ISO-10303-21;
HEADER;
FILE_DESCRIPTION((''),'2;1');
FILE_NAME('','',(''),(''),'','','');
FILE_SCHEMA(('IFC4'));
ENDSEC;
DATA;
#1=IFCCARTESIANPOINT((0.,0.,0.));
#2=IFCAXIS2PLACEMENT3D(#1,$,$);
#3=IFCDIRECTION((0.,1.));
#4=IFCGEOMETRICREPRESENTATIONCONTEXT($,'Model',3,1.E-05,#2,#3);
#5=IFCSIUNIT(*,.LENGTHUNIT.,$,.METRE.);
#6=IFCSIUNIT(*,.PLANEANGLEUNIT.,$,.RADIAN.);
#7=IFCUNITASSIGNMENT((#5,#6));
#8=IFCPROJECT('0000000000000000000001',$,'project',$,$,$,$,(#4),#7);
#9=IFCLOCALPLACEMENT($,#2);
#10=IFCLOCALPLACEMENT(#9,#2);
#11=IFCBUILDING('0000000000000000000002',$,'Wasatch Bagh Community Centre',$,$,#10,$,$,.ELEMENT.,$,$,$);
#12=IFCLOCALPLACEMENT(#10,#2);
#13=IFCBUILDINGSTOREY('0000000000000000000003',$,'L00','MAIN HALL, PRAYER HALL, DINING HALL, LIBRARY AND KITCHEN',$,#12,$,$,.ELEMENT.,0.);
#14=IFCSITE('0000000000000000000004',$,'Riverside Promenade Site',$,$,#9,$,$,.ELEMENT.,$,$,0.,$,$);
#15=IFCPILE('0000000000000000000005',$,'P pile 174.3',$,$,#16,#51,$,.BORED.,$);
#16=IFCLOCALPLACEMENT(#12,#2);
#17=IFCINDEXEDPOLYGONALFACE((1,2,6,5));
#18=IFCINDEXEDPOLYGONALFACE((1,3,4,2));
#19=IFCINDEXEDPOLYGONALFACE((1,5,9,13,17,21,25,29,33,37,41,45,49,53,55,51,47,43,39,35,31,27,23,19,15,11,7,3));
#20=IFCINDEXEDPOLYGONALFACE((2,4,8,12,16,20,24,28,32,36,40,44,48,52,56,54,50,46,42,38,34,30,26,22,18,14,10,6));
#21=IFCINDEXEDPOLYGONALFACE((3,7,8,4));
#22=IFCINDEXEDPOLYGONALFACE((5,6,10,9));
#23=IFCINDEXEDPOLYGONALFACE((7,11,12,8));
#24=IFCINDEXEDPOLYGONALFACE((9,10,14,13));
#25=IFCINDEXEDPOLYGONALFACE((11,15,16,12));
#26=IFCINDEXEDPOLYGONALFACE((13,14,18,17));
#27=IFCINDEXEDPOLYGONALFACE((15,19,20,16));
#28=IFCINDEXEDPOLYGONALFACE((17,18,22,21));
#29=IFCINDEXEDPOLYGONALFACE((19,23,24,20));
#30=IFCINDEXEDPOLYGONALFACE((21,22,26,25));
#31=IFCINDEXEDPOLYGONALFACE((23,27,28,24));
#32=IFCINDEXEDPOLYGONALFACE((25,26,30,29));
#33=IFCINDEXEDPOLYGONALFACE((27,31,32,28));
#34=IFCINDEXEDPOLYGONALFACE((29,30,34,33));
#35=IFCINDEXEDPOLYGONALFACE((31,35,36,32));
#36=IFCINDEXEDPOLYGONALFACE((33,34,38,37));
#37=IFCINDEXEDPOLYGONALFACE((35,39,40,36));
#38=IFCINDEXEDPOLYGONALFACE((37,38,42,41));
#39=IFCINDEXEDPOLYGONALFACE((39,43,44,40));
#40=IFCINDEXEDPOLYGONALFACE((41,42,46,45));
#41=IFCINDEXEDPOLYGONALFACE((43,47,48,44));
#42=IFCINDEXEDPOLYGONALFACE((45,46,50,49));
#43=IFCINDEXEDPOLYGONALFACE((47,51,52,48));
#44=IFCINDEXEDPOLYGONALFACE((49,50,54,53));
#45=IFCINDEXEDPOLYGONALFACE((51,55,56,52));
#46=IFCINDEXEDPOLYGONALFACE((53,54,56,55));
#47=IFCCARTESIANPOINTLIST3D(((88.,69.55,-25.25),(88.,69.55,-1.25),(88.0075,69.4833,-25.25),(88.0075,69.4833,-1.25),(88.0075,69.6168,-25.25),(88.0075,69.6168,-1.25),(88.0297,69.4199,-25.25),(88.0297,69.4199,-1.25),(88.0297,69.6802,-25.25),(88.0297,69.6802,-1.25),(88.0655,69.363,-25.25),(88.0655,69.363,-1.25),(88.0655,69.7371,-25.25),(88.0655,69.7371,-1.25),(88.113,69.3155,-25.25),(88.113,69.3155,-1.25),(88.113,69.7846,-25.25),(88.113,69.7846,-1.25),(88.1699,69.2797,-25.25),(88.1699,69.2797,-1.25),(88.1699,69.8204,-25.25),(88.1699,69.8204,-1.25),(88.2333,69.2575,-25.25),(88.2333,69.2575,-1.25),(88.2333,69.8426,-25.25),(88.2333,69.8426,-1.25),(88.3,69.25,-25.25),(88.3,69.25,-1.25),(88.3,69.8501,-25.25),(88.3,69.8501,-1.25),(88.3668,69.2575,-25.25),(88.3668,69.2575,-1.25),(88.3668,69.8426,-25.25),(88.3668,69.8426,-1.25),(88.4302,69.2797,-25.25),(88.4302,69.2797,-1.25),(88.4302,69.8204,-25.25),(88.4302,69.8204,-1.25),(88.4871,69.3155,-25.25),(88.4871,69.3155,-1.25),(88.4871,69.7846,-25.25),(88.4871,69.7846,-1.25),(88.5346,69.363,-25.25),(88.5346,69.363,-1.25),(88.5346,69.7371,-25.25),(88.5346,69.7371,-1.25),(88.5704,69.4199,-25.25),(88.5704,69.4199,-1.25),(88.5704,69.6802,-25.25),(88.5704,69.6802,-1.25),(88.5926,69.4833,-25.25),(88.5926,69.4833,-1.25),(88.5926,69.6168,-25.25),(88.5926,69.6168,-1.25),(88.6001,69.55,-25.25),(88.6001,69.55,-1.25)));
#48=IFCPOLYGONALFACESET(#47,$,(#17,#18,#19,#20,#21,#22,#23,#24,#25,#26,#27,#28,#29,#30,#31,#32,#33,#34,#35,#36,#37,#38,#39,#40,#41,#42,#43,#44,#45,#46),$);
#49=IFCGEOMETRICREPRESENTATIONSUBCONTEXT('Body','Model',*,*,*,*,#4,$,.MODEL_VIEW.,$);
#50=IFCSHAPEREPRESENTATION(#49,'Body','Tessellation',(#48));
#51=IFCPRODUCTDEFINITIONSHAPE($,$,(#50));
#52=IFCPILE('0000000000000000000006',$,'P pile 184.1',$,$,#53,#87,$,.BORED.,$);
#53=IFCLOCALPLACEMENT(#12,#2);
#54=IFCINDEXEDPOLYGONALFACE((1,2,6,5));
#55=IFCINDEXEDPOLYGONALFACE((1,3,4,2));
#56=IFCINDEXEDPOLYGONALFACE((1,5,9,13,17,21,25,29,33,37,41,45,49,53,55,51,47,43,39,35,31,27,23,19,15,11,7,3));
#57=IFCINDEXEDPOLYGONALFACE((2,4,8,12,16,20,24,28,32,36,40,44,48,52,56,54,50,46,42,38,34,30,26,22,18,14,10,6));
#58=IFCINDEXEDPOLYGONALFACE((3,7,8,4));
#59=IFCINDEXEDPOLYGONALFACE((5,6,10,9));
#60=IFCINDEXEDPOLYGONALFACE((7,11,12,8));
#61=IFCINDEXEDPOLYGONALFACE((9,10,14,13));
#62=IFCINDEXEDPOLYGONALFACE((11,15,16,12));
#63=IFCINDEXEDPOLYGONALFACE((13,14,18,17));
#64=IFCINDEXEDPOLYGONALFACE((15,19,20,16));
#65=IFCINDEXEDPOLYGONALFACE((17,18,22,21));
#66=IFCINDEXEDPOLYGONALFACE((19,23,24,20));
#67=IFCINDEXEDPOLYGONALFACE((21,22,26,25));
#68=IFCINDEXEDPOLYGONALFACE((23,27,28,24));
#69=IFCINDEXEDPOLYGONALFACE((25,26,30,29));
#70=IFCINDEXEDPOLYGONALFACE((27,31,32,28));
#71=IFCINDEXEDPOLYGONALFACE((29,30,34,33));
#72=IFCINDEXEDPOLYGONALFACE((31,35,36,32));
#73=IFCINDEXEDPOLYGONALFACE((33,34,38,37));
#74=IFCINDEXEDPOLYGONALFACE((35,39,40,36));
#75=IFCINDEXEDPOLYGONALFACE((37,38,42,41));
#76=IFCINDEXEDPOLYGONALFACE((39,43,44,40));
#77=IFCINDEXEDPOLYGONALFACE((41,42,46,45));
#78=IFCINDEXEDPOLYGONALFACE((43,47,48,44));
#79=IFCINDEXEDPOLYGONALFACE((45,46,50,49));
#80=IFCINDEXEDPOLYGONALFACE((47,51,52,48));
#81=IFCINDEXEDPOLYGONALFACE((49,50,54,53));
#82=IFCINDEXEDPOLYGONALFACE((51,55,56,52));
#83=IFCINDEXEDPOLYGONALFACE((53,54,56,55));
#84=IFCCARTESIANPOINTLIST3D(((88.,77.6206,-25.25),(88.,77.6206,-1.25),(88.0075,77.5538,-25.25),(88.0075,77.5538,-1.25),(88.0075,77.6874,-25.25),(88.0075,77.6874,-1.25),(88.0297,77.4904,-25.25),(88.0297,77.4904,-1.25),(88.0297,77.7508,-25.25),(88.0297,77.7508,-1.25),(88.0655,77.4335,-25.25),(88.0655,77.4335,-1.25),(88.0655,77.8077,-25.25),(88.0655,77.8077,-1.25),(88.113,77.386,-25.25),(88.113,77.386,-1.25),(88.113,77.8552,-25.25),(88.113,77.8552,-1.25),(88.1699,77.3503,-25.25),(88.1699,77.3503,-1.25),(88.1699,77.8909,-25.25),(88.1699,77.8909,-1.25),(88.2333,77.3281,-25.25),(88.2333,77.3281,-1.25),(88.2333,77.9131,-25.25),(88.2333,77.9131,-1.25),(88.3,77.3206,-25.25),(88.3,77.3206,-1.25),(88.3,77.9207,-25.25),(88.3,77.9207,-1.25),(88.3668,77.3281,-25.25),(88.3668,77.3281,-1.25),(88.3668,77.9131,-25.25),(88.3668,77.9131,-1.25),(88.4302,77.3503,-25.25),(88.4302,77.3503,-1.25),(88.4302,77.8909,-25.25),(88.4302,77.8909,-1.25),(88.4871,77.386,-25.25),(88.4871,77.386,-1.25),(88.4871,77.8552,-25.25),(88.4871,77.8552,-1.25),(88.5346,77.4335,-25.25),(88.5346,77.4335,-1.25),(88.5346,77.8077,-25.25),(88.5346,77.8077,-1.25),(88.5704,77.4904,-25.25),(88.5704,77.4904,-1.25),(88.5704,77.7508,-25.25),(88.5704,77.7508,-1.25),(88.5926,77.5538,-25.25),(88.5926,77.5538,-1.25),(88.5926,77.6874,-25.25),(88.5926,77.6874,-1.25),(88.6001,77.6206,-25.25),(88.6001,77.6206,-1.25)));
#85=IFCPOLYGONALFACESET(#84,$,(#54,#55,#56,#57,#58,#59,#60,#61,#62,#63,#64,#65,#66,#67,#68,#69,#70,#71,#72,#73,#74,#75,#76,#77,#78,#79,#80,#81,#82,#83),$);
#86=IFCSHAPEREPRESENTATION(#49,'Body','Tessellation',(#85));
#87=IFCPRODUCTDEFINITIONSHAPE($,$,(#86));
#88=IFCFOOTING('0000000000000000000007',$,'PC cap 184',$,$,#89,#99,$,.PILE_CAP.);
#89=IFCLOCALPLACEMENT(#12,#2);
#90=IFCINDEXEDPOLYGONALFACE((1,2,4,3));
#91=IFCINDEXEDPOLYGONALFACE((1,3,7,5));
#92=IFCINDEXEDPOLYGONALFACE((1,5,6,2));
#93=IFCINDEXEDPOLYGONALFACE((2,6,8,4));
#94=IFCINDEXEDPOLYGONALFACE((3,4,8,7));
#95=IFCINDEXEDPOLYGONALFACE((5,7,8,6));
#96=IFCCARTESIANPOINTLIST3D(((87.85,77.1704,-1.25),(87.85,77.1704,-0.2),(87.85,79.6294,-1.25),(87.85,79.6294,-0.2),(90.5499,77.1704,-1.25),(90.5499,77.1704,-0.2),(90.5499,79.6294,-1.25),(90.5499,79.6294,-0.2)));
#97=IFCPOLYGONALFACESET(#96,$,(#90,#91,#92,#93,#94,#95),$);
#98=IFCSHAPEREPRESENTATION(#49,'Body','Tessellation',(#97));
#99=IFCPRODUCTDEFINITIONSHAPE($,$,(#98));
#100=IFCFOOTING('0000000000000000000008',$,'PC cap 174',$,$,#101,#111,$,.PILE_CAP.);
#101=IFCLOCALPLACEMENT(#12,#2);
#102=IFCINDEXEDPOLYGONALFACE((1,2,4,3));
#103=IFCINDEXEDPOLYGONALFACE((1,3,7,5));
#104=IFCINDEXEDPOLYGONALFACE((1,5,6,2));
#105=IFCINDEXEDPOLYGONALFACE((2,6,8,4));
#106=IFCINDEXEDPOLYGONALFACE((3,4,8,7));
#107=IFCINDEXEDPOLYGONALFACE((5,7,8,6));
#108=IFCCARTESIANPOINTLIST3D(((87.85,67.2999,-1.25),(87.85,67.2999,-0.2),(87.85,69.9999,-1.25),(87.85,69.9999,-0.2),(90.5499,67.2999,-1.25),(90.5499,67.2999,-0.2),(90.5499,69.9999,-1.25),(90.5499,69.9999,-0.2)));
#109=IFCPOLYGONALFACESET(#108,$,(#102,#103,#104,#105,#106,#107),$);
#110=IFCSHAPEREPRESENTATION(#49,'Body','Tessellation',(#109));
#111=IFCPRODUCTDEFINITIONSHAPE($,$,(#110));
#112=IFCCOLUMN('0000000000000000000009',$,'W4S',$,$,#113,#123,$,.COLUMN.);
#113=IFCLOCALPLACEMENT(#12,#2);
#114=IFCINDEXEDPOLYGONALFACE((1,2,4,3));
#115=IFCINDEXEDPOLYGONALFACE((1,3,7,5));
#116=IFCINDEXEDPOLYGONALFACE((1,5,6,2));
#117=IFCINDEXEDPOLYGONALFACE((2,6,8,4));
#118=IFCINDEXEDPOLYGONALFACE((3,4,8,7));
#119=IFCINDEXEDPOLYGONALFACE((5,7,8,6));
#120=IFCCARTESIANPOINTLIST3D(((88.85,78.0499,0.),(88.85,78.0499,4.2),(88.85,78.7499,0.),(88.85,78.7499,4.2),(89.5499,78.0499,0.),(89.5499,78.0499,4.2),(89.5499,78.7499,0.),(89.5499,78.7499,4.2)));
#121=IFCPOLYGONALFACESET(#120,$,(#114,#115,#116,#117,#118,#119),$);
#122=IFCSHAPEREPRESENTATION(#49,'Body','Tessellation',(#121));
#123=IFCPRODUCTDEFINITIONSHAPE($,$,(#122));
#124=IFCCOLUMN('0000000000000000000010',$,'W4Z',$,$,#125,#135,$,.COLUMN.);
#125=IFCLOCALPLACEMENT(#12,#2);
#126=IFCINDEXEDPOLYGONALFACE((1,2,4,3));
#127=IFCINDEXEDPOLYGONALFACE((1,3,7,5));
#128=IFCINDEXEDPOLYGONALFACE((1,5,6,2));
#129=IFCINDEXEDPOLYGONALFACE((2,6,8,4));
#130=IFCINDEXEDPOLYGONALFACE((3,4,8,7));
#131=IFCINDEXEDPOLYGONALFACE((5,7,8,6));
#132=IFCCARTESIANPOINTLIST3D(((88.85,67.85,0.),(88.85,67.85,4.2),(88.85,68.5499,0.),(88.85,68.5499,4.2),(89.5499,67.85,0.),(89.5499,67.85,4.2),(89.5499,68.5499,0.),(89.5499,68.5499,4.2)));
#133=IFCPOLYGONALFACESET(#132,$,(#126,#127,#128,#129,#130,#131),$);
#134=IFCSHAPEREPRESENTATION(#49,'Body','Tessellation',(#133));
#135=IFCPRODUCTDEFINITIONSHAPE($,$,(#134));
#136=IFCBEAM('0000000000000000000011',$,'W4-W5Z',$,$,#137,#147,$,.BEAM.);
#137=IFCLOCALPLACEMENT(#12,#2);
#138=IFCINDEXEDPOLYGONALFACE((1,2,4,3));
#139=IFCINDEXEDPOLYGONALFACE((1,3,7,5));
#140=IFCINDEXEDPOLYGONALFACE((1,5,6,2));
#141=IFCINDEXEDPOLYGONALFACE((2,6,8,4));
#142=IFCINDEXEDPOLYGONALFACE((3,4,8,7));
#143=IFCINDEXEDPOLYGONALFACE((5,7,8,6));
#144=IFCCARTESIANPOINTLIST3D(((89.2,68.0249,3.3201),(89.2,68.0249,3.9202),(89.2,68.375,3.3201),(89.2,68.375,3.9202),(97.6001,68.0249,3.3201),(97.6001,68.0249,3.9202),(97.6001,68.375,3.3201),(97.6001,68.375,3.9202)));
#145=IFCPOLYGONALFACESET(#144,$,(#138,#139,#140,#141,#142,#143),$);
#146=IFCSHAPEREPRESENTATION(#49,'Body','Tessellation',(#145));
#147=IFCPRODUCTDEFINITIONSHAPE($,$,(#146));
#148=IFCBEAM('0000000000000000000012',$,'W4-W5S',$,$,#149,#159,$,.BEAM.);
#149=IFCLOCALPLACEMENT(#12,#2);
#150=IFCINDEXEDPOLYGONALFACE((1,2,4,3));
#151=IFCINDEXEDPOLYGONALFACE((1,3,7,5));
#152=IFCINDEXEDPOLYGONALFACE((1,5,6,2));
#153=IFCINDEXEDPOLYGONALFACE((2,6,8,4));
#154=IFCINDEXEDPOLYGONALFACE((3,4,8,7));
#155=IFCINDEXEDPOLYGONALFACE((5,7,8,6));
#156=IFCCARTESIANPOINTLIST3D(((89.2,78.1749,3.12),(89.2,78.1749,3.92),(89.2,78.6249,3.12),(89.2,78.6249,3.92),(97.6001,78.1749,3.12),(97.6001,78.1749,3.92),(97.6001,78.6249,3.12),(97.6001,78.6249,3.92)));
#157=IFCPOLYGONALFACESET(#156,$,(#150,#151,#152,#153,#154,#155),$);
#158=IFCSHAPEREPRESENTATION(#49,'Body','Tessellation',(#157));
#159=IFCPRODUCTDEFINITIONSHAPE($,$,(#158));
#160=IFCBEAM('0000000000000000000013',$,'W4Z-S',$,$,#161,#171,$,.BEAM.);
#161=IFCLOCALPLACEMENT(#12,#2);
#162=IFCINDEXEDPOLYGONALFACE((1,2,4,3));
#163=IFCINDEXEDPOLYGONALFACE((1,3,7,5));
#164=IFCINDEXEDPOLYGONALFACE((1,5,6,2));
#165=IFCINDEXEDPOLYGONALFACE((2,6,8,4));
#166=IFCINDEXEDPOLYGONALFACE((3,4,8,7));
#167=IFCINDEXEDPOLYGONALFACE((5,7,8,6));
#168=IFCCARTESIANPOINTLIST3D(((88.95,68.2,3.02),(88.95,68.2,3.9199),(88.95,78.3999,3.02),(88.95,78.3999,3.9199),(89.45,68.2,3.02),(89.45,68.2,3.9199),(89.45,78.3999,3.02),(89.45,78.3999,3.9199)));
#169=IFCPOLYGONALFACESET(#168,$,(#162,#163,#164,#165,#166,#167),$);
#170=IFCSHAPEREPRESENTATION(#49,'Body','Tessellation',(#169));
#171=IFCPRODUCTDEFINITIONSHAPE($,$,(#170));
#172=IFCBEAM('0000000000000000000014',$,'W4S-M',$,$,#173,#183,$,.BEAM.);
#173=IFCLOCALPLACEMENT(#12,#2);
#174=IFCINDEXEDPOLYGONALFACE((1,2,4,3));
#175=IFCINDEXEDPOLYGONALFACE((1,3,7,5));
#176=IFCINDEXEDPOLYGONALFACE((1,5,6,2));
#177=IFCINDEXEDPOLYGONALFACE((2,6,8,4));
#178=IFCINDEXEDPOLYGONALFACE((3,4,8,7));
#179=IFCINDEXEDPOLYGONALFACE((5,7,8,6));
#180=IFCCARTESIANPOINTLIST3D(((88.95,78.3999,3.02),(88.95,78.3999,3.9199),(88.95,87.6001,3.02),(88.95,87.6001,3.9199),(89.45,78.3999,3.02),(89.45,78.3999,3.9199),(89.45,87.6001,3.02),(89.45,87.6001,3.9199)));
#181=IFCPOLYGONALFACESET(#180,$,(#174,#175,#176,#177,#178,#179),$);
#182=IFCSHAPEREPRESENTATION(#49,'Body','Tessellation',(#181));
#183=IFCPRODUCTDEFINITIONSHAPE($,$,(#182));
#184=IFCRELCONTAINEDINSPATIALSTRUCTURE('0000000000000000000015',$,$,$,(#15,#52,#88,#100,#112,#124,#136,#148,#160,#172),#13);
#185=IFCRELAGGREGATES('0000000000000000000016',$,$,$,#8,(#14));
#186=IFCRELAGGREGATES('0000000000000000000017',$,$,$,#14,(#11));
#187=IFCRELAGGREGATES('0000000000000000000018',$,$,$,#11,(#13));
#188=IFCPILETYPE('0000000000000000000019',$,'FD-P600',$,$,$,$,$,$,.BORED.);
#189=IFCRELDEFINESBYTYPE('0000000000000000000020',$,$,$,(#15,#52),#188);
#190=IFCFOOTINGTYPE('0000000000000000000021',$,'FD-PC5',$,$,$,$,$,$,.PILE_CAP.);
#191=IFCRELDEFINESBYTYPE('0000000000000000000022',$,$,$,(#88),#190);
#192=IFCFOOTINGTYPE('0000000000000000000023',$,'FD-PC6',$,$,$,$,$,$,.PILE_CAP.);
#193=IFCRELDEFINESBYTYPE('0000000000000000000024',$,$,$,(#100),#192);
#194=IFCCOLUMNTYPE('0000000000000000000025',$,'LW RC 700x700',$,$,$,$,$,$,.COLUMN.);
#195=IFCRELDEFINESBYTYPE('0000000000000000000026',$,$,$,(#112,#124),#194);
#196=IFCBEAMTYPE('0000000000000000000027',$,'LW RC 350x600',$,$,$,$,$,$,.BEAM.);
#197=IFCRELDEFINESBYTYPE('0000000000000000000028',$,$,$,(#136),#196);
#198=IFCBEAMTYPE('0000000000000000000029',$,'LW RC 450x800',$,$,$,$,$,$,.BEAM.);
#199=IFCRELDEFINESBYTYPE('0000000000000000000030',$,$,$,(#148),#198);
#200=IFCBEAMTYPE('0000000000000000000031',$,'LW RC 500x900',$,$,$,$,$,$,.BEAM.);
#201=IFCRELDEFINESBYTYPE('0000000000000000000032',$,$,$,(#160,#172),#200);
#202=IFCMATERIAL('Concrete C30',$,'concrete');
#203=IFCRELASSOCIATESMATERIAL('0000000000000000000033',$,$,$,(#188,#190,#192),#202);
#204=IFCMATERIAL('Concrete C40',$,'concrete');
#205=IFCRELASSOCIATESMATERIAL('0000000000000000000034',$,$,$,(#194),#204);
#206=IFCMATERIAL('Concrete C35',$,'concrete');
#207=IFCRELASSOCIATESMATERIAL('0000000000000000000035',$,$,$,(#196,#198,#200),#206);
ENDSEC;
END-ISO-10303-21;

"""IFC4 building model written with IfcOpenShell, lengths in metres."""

from ifc_helpers import new_model, si_unit, direction, frame, origin, origin_2d, place, context, subcontext, project, spatial, rectangle, circle, extrude, material, material_profile, profile_set, type_object, element, save


model = new_model("IFC4")

# Units and contexts
model_context = context("Model", 3, precision=1e-05, world=origin(), true_north=direction((0.0, 1.0)))
body_context = subcontext(model_context, "Body", "Model", "MODEL_VIEW")
ifc_project = project(units=[si_unit("LENGTHUNIT", "METRE"), si_unit("PLANEANGLEUNIT", "RADIAN")], contexts=[model_context])

# Site, building, storey
site_placement = place(None, origin())
site = spatial("IfcSite", under=ifc_project, at=site_placement, Name="Riverside Promenade Site", CompositionType="ELEMENT", RefElevation=0.0)
building_placement = place(site_placement, origin())
building = spatial("IfcBuilding", under=site, at=building_placement, Name="Wasatch Bagh Community Centre", CompositionType="ELEMENT")
storey_placement = place(building_placement, origin())
storey = spatial("IfcBuildingStorey", under=building, at=storey_placement, Name="L00", Description="MAIN HALL, PRAYER HALL, DINING HALL, LIBRARY AND KITCHEN", CompositionType="ELEMENT", Elevation=0.0)

# Piles
ifc_material_1 = material(Name="Concrete C30", Category="concrete")
ifc_material_profile_1 = material_profile(ifc_material_1, circle(Radius=0.3, at=origin_2d()), Name="RC D600")
ifc_profile_set_1 = profile_set([ifc_material_profile_1], Name="Concrete C30")
pile_type = type_object("IfcPileType", Name="FD-P600", PredefinedType="BORED", material=ifc_profile_set_1)
for number, where, z_axis, x_axis, name in (
    (1, (88.3, 69.55, -1.25), (0.0, 0.0, -1.0), (1.0, 0.0, 0.0), "P pile 174.3"),
    (2, (88.3, 77.6206, -1.25), (0.0, 0.0, -1.0), (1.0, 0.0, 0.0), "P pile 184.1"),
):
    element("IfcPile", number, at=place(storey_placement, frame(where, z_axis=z_axis, x_axis=x_axis)), inside=storey, type_object=pile_type, Name=name, PredefinedType="BORED", context=body_context, shape_type="SweptSolid", body=[
        extrude(circle(Radius=0.3, at=origin_2d()), origin(), (0.0, 0.0, 1.0), 24.0),
    ])

# Footings
footing_type_1 = type_object("IfcFootingType", Name="FD-PC5", PredefinedType="PILE_CAP", material=ifc_material_1)
footing_1_placement = place(storey_placement, frame((89.2, 78.3999, -1.25), z_axis=(0.0, 0.0, 1.0), x_axis=(1.0, 0.0, 0.0)))
element("IfcFooting", 3, at=footing_1_placement, inside=storey, type_object=footing_type_1, Name="PC cap 184", PredefinedType="PILE_CAP", context=body_context, shape_type="SweptSolid", body=[
    extrude(rectangle(XDim=2.7, YDim=2.459, at=origin_2d()), origin(), (0.0, 0.0, 1.0), 1.05),
])
footing_type_2 = type_object("IfcFootingType", Name="FD-PC6", PredefinedType="PILE_CAP", material=ifc_material_1)
footing_2_placement = place(storey_placement, frame((89.2, 68.6499, -1.25), z_axis=(0.0, 0.0, 1.0), x_axis=(1.0, 0.0, 0.0)))
element("IfcFooting", 4, at=footing_2_placement, inside=storey, type_object=footing_type_2, Name="PC cap 174", PredefinedType="PILE_CAP", context=body_context, shape_type="SweptSolid", body=[
    extrude(rectangle(XDim=2.7, YDim=2.7, at=origin_2d()), origin(), (0.0, 0.0, 1.0), 1.05),
])

# Columns
ifc_material_2 = material(Name="Concrete C40", Category="concrete")
ifc_material_profile_2 = material_profile(ifc_material_2, rectangle(XDim=0.7, YDim=0.7, at=origin_2d()), Name="RC 700x700")
ifc_profile_set_2 = profile_set([ifc_material_profile_2], Name="Concrete C40")
column_type = type_object("IfcColumnType", Name="LW RC 700x700", PredefinedType="COLUMN", material=ifc_profile_set_2)
for number, where, z_axis, x_axis, name in (
    (5, (89.2, 78.3999, 0.0), (0.0, 0.0, 1.0), (1.0, 0.0, 0.0), "W4S"),
    (6, (89.2, 68.2, 0.0), (0.0, 0.0, 1.0), (1.0, 0.0, 0.0), "W4Z"),
):
    element("IfcColumn", number, at=place(storey_placement, frame(where, z_axis=z_axis, x_axis=x_axis)), inside=storey, type_object=column_type, Name=name, PredefinedType="COLUMN", context=body_context, shape_type="SweptSolid", body=[
        extrude(rectangle(XDim=0.7, YDim=0.7, at=origin_2d()), origin(), (0.0, 0.0, 1.0), 4.2),
    ])

# Beams
ifc_material_3 = material(Name="Concrete C35", Category="concrete")
ifc_material_profile_3 = material_profile(ifc_material_3, rectangle(XDim=0.3501, YDim=0.6001, at=origin_2d()), Name="RC 350x600")
ifc_profile_set_3 = profile_set([ifc_material_profile_3], Name="Concrete C35")
beam_type_1 = type_object("IfcBeamType", Name="LW RC 350x600", PredefinedType="BEAM", material=ifc_profile_set_3)
beam_1_placement = place(storey_placement, frame((89.2, 68.2, 3.6201), z_axis=(1.0, 0.0, 0.0), x_axis=(0.0, 1.0, 0.0)))
element("IfcBeam", 7, at=beam_1_placement, inside=storey, type_object=beam_type_1, Name="W4-W5Z", PredefinedType="BEAM", context=body_context, shape_type="SweptSolid", body=[
    extrude(rectangle(XDim=0.3501, YDim=0.6001, at=origin_2d()), origin(), (0.0, 0.0, 1.0), 8.4001),
])
ifc_material_profile_4 = material_profile(ifc_material_3, rectangle(XDim=0.45, YDim=0.8, at=origin_2d()), Name="RC 450x800")
ifc_profile_set_4 = profile_set([ifc_material_profile_4], Name="Concrete C35")
beam_type_2 = type_object("IfcBeamType", Name="LW RC 450x800", PredefinedType="BEAM", material=ifc_profile_set_4)
beam_2_placement = place(storey_placement, frame((89.2, 78.3999, 3.52), z_axis=(1.0, 0.0, 0.0), x_axis=(0.0, 1.0, 0.0)))
element("IfcBeam", 8, at=beam_2_placement, inside=storey, type_object=beam_type_2, Name="W4-W5S", PredefinedType="BEAM", context=body_context, shape_type="SweptSolid", body=[
    extrude(rectangle(XDim=0.45, YDim=0.8, at=origin_2d()), origin(), (0.0, 0.0, 1.0), 8.4001),
])
ifc_material_profile_5 = material_profile(ifc_material_3, rectangle(XDim=0.5, YDim=0.8999, at=origin_2d()), Name="RC 500x900")
ifc_profile_set_5 = profile_set([ifc_material_profile_5], Name="Concrete C35")
beam_type_3 = type_object("IfcBeamType", Name="LW RC 500x900", PredefinedType="BEAM", material=ifc_profile_set_5)
beam_3_placement = place(storey_placement, frame((89.2, 68.2, 3.47), z_axis=(0.0, 1.0, 0.0), x_axis=(-1.0, 0.0, 0.0)))
element("IfcBeam", 9, at=beam_3_placement, inside=storey, type_object=beam_type_3, Name="W4Z-S", PredefinedType="BEAM", context=body_context, shape_type="SweptSolid", body=[
    extrude(rectangle(XDim=0.5, YDim=0.8999, at=origin_2d()), origin(), (0.0, 0.0, 1.0), 10.2),
])
beam_4_placement = place(storey_placement, frame((89.2, 78.3999, 3.47), z_axis=(0.0, 1.0, 0.0), x_axis=(-1.0, 0.0, 0.0)))
element("IfcBeam", 10, at=beam_4_placement, inside=storey, type_object=beam_type_3, Name="W4S-M", PredefinedType="BEAM", context=body_context, shape_type="SweptSolid", body=[
    extrude(rectangle(XDim=0.5, YDim=0.8999, at=origin_2d()), origin(), (0.0, 0.0, 1.0), 9.2002),
])

save(model, "model.ifc")
